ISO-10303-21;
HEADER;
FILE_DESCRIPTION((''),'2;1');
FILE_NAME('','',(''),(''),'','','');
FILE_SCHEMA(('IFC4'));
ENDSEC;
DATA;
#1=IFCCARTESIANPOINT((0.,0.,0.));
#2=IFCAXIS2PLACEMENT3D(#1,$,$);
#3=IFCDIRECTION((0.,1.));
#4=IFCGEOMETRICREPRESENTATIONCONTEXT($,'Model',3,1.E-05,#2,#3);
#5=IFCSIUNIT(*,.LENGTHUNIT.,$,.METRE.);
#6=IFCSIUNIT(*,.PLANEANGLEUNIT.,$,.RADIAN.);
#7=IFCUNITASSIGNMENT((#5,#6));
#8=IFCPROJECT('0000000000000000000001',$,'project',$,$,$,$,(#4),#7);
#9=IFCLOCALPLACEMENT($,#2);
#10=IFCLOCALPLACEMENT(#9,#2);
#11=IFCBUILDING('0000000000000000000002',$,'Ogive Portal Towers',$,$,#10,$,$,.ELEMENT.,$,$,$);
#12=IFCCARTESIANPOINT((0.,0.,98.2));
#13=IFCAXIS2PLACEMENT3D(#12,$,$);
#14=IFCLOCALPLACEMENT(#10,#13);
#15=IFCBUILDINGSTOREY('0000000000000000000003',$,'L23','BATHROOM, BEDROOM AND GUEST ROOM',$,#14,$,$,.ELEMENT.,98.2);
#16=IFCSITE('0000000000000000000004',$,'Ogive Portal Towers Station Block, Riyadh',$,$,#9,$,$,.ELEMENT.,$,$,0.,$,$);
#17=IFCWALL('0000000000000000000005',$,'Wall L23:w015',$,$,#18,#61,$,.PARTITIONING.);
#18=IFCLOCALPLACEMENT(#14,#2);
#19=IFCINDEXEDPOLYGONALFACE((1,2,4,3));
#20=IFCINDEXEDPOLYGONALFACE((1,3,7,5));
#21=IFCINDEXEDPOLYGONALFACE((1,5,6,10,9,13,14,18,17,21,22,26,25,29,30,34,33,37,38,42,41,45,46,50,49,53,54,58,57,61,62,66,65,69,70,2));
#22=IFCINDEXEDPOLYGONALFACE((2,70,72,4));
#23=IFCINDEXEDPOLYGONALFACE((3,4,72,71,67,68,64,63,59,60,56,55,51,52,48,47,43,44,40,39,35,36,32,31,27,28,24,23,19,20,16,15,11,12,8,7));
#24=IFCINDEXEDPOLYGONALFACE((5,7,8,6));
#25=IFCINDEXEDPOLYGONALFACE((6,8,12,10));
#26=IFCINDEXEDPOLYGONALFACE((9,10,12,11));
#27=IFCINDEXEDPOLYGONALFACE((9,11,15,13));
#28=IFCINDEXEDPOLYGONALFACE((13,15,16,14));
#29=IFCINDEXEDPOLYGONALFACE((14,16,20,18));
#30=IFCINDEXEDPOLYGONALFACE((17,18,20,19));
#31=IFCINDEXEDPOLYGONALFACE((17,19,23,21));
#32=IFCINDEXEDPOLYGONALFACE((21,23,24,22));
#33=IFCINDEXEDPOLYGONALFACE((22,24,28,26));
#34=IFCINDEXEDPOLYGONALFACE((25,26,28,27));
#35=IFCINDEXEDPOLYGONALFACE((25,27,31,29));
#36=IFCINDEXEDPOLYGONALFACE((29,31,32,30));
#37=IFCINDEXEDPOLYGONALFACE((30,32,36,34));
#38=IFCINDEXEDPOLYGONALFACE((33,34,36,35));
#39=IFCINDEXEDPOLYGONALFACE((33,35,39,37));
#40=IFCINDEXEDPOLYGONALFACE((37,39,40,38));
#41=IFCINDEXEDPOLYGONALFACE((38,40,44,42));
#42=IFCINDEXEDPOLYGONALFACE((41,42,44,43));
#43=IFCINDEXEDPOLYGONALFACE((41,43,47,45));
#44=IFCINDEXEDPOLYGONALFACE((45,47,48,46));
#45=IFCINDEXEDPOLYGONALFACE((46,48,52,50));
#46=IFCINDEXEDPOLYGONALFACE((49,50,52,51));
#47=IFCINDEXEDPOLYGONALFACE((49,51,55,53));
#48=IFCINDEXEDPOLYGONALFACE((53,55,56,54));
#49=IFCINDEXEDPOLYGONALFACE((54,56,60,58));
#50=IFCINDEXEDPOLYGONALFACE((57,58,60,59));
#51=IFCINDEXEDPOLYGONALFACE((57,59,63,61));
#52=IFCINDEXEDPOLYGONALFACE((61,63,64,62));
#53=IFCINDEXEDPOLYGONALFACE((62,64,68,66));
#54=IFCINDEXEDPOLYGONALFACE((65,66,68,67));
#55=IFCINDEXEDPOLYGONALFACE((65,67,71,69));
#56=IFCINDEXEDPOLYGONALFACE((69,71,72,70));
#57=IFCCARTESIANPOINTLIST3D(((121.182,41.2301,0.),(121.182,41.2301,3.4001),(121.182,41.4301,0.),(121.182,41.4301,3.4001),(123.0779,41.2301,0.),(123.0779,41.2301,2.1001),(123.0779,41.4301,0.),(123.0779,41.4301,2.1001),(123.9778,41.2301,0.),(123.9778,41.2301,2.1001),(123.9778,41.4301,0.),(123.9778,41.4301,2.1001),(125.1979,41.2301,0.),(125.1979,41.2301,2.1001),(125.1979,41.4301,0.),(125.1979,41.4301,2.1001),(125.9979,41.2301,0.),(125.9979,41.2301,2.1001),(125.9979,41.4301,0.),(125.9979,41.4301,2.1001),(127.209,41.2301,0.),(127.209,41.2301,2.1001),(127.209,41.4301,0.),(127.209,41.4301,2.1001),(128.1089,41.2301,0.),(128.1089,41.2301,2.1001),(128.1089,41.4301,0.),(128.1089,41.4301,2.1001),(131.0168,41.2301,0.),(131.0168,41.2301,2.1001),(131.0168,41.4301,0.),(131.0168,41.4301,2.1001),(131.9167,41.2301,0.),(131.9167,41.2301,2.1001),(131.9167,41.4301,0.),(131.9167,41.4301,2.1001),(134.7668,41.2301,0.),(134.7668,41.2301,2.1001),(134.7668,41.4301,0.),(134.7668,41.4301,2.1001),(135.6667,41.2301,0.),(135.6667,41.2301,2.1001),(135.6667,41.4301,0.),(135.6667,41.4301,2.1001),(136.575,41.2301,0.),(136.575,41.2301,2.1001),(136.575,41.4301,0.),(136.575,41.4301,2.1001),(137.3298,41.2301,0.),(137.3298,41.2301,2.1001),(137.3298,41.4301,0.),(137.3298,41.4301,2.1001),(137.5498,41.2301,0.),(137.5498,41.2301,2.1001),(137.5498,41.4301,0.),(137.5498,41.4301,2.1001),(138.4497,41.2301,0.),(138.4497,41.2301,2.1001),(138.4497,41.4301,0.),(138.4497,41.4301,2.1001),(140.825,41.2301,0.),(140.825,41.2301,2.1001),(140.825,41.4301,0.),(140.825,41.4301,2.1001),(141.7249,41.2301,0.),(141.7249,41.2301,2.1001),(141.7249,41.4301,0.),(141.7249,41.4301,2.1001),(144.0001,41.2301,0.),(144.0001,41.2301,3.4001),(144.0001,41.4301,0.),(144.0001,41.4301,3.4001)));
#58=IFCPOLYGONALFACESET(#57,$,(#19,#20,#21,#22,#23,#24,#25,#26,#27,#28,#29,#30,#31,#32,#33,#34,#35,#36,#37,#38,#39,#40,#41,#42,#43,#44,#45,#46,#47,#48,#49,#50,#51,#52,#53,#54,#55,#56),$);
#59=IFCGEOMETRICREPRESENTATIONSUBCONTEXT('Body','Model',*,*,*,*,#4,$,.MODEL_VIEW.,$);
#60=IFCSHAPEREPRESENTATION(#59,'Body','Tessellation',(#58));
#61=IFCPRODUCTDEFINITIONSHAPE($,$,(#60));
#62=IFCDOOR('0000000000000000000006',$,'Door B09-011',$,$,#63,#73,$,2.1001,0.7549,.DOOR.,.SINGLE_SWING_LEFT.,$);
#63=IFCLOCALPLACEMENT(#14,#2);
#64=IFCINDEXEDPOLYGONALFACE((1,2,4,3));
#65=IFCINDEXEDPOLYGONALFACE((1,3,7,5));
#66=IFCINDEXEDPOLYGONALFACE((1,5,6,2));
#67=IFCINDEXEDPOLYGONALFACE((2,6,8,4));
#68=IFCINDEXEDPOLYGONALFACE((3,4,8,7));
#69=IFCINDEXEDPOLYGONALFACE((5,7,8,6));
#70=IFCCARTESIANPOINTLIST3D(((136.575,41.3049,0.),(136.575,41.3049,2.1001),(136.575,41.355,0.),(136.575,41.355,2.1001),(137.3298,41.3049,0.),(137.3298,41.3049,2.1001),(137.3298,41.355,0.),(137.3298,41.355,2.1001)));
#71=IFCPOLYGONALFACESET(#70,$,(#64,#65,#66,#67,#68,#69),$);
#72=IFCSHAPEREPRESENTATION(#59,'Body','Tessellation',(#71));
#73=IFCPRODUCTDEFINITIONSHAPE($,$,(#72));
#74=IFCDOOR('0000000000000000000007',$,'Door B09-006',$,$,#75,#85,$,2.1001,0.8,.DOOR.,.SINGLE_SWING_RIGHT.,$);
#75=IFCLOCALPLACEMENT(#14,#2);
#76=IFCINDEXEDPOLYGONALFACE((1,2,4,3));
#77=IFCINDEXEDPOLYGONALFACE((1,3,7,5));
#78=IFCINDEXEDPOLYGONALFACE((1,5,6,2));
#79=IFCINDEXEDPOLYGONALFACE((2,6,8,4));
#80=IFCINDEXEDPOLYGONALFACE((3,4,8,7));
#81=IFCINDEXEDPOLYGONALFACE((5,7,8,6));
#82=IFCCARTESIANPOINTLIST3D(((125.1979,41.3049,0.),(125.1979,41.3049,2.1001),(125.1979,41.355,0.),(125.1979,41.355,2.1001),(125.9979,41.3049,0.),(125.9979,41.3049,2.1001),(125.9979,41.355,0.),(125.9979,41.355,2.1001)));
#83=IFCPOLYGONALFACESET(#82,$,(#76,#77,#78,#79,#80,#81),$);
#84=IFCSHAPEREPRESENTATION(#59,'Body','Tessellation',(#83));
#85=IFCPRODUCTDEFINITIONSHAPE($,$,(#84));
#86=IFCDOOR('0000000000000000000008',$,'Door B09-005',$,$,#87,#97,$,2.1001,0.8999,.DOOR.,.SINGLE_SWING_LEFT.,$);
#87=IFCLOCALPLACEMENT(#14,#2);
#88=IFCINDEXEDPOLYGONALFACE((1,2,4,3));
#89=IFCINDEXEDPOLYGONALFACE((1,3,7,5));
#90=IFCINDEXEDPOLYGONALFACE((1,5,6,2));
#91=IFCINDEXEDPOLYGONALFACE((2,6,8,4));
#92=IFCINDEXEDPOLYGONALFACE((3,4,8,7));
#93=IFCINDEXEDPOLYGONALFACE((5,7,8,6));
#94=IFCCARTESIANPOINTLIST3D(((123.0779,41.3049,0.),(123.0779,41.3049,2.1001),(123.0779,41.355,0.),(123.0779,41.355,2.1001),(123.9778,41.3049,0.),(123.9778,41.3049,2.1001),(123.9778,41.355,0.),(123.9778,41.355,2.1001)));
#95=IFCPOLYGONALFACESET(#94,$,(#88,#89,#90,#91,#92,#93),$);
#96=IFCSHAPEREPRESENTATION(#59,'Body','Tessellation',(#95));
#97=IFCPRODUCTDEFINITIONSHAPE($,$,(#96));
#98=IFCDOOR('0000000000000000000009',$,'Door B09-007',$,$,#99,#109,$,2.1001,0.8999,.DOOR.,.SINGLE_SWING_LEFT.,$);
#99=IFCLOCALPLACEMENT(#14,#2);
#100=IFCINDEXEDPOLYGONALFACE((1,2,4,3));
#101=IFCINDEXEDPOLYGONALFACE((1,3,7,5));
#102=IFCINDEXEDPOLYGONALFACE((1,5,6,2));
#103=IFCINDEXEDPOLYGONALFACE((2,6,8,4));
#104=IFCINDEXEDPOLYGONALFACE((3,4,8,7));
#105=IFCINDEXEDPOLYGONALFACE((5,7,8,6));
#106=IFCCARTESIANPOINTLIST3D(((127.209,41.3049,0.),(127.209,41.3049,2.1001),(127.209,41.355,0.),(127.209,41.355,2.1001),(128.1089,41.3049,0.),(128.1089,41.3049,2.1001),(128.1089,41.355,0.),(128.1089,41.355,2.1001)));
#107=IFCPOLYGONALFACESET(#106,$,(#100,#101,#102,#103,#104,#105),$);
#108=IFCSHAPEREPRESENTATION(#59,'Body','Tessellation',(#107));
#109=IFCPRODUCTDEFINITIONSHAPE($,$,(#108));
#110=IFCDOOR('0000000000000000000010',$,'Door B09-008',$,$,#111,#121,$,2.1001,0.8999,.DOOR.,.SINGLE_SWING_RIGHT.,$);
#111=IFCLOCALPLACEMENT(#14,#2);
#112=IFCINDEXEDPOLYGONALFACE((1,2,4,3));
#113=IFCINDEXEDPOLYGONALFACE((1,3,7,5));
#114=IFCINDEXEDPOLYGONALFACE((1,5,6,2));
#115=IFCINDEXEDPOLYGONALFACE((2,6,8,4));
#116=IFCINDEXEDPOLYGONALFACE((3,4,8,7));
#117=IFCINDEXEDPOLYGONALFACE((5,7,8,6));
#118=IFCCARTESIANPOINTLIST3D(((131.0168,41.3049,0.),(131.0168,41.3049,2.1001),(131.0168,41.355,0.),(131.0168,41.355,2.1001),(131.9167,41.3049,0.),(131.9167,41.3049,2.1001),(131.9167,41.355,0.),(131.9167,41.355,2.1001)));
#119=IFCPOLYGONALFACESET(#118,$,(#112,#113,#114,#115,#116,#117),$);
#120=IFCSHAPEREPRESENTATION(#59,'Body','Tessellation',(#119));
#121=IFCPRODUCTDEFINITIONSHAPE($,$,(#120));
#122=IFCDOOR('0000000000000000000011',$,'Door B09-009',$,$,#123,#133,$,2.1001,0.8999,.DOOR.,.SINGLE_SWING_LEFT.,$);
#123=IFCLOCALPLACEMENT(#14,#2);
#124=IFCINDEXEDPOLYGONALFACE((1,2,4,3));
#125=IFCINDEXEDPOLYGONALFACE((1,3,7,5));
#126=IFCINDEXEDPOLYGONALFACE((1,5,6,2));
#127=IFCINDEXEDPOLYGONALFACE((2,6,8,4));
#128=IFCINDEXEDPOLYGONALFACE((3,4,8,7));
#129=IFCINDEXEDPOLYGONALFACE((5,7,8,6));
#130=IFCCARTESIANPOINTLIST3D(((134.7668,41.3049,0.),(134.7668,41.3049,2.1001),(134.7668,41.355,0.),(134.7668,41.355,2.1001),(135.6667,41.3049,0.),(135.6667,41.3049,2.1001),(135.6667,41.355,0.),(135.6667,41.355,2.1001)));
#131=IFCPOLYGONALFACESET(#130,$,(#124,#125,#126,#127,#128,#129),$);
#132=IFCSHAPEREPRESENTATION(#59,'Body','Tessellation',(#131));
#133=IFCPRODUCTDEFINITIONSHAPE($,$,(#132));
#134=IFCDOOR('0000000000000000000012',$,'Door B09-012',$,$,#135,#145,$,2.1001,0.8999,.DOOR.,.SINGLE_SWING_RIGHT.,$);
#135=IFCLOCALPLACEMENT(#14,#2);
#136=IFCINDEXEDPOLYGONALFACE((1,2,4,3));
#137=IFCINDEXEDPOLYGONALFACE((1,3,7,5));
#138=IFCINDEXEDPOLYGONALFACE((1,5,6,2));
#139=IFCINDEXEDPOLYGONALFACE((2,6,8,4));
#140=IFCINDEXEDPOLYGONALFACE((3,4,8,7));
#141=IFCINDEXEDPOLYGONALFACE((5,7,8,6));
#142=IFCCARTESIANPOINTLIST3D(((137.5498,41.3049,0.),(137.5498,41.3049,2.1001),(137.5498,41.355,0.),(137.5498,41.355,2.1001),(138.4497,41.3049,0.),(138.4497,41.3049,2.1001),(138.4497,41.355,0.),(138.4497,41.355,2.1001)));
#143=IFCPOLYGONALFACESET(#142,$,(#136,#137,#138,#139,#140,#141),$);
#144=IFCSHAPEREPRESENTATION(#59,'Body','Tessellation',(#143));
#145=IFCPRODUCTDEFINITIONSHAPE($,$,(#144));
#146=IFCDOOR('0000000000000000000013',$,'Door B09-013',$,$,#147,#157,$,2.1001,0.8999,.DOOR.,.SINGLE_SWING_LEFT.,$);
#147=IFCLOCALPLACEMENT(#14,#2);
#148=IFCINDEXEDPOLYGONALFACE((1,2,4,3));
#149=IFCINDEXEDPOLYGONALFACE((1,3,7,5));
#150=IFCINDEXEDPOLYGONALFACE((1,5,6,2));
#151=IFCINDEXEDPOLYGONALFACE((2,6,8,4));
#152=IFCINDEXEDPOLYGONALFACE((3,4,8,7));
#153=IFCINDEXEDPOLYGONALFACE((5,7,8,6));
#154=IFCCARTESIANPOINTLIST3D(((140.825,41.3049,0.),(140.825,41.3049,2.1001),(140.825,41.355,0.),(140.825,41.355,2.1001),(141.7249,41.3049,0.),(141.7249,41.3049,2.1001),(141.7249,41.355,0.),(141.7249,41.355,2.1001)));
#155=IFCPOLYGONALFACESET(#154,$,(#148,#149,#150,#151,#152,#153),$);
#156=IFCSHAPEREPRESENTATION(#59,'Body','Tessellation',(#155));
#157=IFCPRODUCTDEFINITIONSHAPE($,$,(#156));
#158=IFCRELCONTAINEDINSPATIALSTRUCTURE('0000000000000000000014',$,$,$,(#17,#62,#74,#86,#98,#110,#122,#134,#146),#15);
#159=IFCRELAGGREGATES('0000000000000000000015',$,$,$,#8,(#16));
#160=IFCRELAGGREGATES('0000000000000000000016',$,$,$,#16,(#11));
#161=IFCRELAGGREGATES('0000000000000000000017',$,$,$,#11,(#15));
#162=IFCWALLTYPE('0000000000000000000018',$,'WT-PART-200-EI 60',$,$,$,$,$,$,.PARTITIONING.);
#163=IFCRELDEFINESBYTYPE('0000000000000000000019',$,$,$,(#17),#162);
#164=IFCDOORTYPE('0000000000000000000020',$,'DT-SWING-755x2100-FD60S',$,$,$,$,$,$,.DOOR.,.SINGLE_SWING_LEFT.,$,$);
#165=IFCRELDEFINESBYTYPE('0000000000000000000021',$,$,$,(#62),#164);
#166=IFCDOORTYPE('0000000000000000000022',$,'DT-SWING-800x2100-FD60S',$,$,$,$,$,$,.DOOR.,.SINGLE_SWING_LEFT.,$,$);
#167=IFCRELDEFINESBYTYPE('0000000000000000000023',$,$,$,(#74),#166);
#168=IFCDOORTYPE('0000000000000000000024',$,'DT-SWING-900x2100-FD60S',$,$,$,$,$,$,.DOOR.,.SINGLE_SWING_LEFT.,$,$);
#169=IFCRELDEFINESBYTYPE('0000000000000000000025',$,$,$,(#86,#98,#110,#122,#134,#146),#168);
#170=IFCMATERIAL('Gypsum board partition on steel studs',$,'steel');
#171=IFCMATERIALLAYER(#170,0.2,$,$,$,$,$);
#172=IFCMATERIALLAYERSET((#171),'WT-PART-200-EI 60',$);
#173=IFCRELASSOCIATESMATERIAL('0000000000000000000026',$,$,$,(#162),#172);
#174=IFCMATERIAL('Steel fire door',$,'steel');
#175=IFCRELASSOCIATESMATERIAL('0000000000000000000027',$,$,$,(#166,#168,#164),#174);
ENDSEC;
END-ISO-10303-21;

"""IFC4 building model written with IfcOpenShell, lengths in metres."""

from ifc_helpers import new_model, si_unit, direction, frame, frame_2d, origin, place, context, subcontext, project, spatial, rectangle, extrude, material, layer, layer_set, type_object, element, fill, save


model = new_model("IFC4")

# Units and contexts
model_context = context("Model", 3, precision=1e-05, world=origin(), true_north=direction((0.0, 1.0)))
body_context = subcontext(model_context, "Body", "Model", "MODEL_VIEW")
ifc_project = project(units=[si_unit("LENGTHUNIT", "METRE"), si_unit("PLANEANGLEUNIT", "RADIAN")], contexts=[model_context])

# Site, building, storey
site_placement = place(None, origin())
site = spatial("IfcSite", under=ifc_project, at=site_placement, Name="Ogive Portal Towers Station Block, Riyadh", CompositionType="ELEMENT", RefElevation=0.0)
building_placement = place(site_placement, origin())
building = spatial("IfcBuilding", under=site, at=building_placement, Name="Ogive Portal Towers", CompositionType="ELEMENT")
storey_placement = place(building_placement, frame((0.0, 0.0, 98.2)))
storey = spatial("IfcBuildingStorey", under=building, at=storey_placement, Name="L23", Description="BATHROOM, BEDROOM AND GUEST ROOM", CompositionType="ELEMENT", Elevation=98.2)

# Wall, openings, doors
ifc_material_1 = material(Name="Gypsum board partition on steel studs", Category="steel")
ifc_layer_1 = layer(ifc_material_1, 0.2)
ifc_layer_set_1 = layer_set([ifc_layer_1], Name="WT-PART-200-EI 60")
wall_type = type_object("IfcWallType", Name="WT-PART-200-EI 60", PredefinedType="PARTITIONING", material=ifc_layer_set_1)
ifc_material_2 = material(Name="Steel fire door", Category="steel")
door_type_1 = type_object("IfcDoorType", Name="DT-SWING-800x2100-FD60S", OperationType="SINGLE_SWING_LEFT", PredefinedType="DOOR", material=ifc_material_2)
door_type_2 = type_object("IfcDoorType", Name="DT-SWING-900x2100-FD60S", OperationType="SINGLE_SWING_LEFT", PredefinedType="DOOR", material=ifc_material_2)
wall_1_placement = place(storey_placement, frame((121.1819, 41.3301, 0.0), z_axis=(0.0, 0.0, 1.0), x_axis=(1.0, 0.0, 0.0)))
wall_1 = element("IfcWall", 1, at=wall_1_placement, inside=storey, type_object=wall_type, Name="Wall L23:w015", PredefinedType="PARTITIONING", context=body_context, shape_type="SweptSolid", body=[
    extrude(rectangle(XDim=22.8181, YDim=0.2, at=frame_2d((11.4092, 0.0))), origin(), (0.0, 0.0, 1.0), 3.4001),
])
opening_1_placement = place(wall_1_placement, frame((1.896, 0.0, 0.0)))
opening_1 = element("IfcOpeningElement", 2, at=opening_1_placement, cuts=wall_1, PredefinedType="OPENING", context=body_context, shape_type="SweptSolid", body=[
    extrude(rectangle(XDim=0.8999, YDim=2.1001, at=frame_2d((0.45, 1.05))), frame((0.0, 0.1099, 0.0), z_axis=(0.0, -1.0, 0.0), x_axis=(1.0, 0.0, 0.0)), (0.0, 0.0, 1.0), 0.22),
])
opening_2_placement = place(wall_1_placement, frame((4.0161, 0.0, 0.0)))
opening_2 = element("IfcOpeningElement", 3, at=opening_2_placement, cuts=wall_1, PredefinedType="OPENING", context=body_context, shape_type="SweptSolid", body=[
    extrude(rectangle(XDim=0.8, YDim=2.1001, at=frame_2d((0.3999, 1.05))), frame((0.0, 0.1099, 0.0), z_axis=(0.0, -1.0, 0.0), x_axis=(1.0, 0.0, 0.0)), (0.0, 0.0, 1.0), 0.22),
])
opening_3_placement = place(wall_1_placement, frame((6.0271, 0.0, 0.0)))
opening_3 = element("IfcOpeningElement", 4, at=opening_3_placement, cuts=wall_1, PredefinedType="OPENING", context=body_context, shape_type="SweptSolid", body=[
    extrude(rectangle(XDim=0.8999, YDim=2.1001, at=frame_2d((0.45, 1.05))), frame((0.0, 0.1099, 0.0), z_axis=(0.0, -1.0, 0.0), x_axis=(1.0, 0.0, 0.0)), (0.0, 0.0, 1.0), 0.22),
])
opening_4_placement = place(wall_1_placement, frame((9.835, 0.0, 0.0)))
opening_4 = element("IfcOpeningElement", 5, at=opening_4_placement, cuts=wall_1, PredefinedType="OPENING", context=body_context, shape_type="SweptSolid", body=[
    extrude(rectangle(XDim=0.8999, YDim=2.1001, at=frame_2d((0.45, 1.05))), frame((0.0, 0.1099, 0.0), z_axis=(0.0, -1.0, 0.0), x_axis=(1.0, 0.0, 0.0)), (0.0, 0.0, 1.0), 0.22),
])
opening_5_placement = place(wall_1_placement, frame((13.585, 0.0, 0.0)))
opening_5 = element("IfcOpeningElement", 6, at=opening_5_placement, cuts=wall_1, PredefinedType="OPENING", context=body_context, shape_type="SweptSolid", body=[
    extrude(rectangle(XDim=0.8999, YDim=2.1001, at=frame_2d((0.45, 1.05))), frame((0.0, 0.1099, 0.0), z_axis=(0.0, -1.0, 0.0), x_axis=(1.0, 0.0, 0.0)), (0.0, 0.0, 1.0), 0.22),
])
opening_6_placement = place(wall_1_placement, frame((15.3931, 0.0, 0.0)))
opening_6 = element("IfcOpeningElement", 7, at=opening_6_placement, cuts=wall_1, PredefinedType="OPENING", context=body_context, shape_type="SweptSolid", body=[
    extrude(rectangle(XDim=0.7549, YDim=2.1001, at=frame_2d((0.3774, 1.05))), frame((0.0, 0.1099, 0.0), z_axis=(0.0, -1.0, 0.0), x_axis=(1.0, 0.0, 0.0)), (0.0, 0.0, 1.0), 0.22),
])
opening_7_placement = place(wall_1_placement, frame((16.3679, 0.0, 0.0)))
opening_7 = element("IfcOpeningElement", 8, at=opening_7_placement, cuts=wall_1, PredefinedType="OPENING", context=body_context, shape_type="SweptSolid", body=[
    extrude(rectangle(XDim=0.8999, YDim=2.1001, at=frame_2d((0.45, 1.05))), frame((0.0, 0.1099, 0.0), z_axis=(0.0, -1.0, 0.0), x_axis=(1.0, 0.0, 0.0)), (0.0, 0.0, 1.0), 0.22),
])
opening_8_placement = place(wall_1_placement, frame((19.6431, 0.0, 0.0)))
opening_8 = element("IfcOpeningElement", 9, at=opening_8_placement, cuts=wall_1, PredefinedType="OPENING", context=body_context, shape_type="SweptSolid", body=[
    extrude(rectangle(XDim=0.8999, YDim=2.1001, at=frame_2d((0.45, 1.05))), frame((0.0, 0.1099, 0.0), z_axis=(0.0, -1.0, 0.0), x_axis=(1.0, 0.0, 0.0)), (0.0, 0.0, 1.0), 0.22),
])
door_type_3 = type_object("IfcDoorType", Name="DT-SWING-755x2100-FD60S", OperationType="SINGLE_SWING_LEFT", PredefinedType="DOOR", material=ifc_material_2)
door_1_placement = place(opening_6_placement, origin())
door_1 = element("IfcDoor", 10, at=door_1_placement, inside=storey, type_object=door_type_3, Name="Door B09-011", OperationType="SINGLE_SWING_LEFT", OverallHeight=2.1001, OverallWidth=0.7549, PredefinedType="DOOR", context=body_context, shape_type="SweptSolid", body=[
    extrude(rectangle(XDim=0.7549, YDim=2.1001, at=frame_2d((0.3774, 1.05))), frame((0.0, 0.0249, 0.0), z_axis=(0.0, -1.0, 0.0), x_axis=(1.0, 0.0, 0.0)), (0.0, 0.0, 1.0), 0.05),
])
fill(opening_6, door_1)
door_2_placement = place(opening_2_placement, origin())
door_2 = element("IfcDoor", 11, at=door_2_placement, inside=storey, type_object=door_type_1, Name="Door B09-006", OperationType="SINGLE_SWING_RIGHT", OverallHeight=2.1001, OverallWidth=0.8, PredefinedType="DOOR", context=body_context, shape_type="SweptSolid", body=[
    extrude(rectangle(XDim=0.8, YDim=2.1001, at=frame_2d((0.3999, 1.05))), frame((0.0, 0.0249, 0.0), z_axis=(0.0, -1.0, 0.0), x_axis=(1.0, 0.0, 0.0)), (0.0, 0.0, 1.0), 0.05),
])
fill(opening_2, door_2)
door_3_placement = place(opening_1_placement, origin())
door_3 = element("IfcDoor", 12, at=door_3_placement, inside=storey, type_object=door_type_2, Name="Door B09-005", OperationType="SINGLE_SWING_LEFT", OverallHeight=2.1001, OverallWidth=0.8999, PredefinedType="DOOR", context=body_context, shape_type="SweptSolid", body=[
    extrude(rectangle(XDim=0.8999, YDim=2.1001, at=frame_2d((0.45, 1.05))), frame((0.0, 0.0249, 0.0), z_axis=(0.0, -1.0, 0.0), x_axis=(1.0, 0.0, 0.0)), (0.0, 0.0, 1.0), 0.05),
])
fill(opening_1, door_3)
door_4_placement = place(opening_3_placement, origin())
door_4 = element("IfcDoor", 13, at=door_4_placement, inside=storey, type_object=door_type_2, Name="Door B09-007", OperationType="SINGLE_SWING_LEFT", OverallHeight=2.1001, OverallWidth=0.8999, PredefinedType="DOOR", context=body_context, shape_type="SweptSolid", body=[
    extrude(rectangle(XDim=0.8999, YDim=2.1001, at=frame_2d((0.45, 1.05))), frame((0.0, 0.0249, 0.0), z_axis=(0.0, -1.0, 0.0), x_axis=(1.0, 0.0, 0.0)), (0.0, 0.0, 1.0), 0.05),
])
fill(opening_3, door_4)
door_5_placement = place(opening_4_placement, origin())
door_5 = element("IfcDoor", 14, at=door_5_placement, inside=storey, type_object=door_type_2, Name="Door B09-008", OperationType="SINGLE_SWING_RIGHT", OverallHeight=2.1001, OverallWidth=0.8999, PredefinedType="DOOR", context=body_context, shape_type="SweptSolid", body=[
    extrude(rectangle(XDim=0.8999, YDim=2.1001, at=frame_2d((0.45, 1.05))), frame((0.0, 0.0249, 0.0), z_axis=(0.0, -1.0, 0.0), x_axis=(1.0, 0.0, 0.0)), (0.0, 0.0, 1.0), 0.05),
])
fill(opening_4, door_5)
door_6_placement = place(opening_5_placement, origin())
door_6 = element("IfcDoor", 15, at=door_6_placement, inside=storey, type_object=door_type_2, Name="Door B09-009", OperationType="SINGLE_SWING_LEFT", OverallHeight=2.1001, OverallWidth=0.8999, PredefinedType="DOOR", context=body_context, shape_type="SweptSolid", body=[
    extrude(rectangle(XDim=0.8999, YDim=2.1001, at=frame_2d((0.45, 1.05))), frame((0.0, 0.0249, 0.0), z_axis=(0.0, -1.0, 0.0), x_axis=(1.0, 0.0, 0.0)), (0.0, 0.0, 1.0), 0.05),
])
fill(opening_5, door_6)
door_7_placement = place(opening_7_placement, origin())
door_7 = element("IfcDoor", 16, at=door_7_placement, inside=storey, type_object=door_type_2, Name="Door B09-012", OperationType="SINGLE_SWING_RIGHT", OverallHeight=2.1001, OverallWidth=0.8999, PredefinedType="DOOR", context=body_context, shape_type="SweptSolid", body=[
    extrude(rectangle(XDim=0.8999, YDim=2.1001, at=frame_2d((0.45, 1.05))), frame((0.0, 0.0249, 0.0), z_axis=(0.0, -1.0, 0.0), x_axis=(1.0, 0.0, 0.0)), (0.0, 0.0, 1.0), 0.05),
])
fill(opening_7, door_7)
door_8_placement = place(opening_8_placement, origin())
door_8 = element("IfcDoor", 17, at=door_8_placement, inside=storey, type_object=door_type_2, Name="Door B09-013", OperationType="SINGLE_SWING_LEFT", OverallHeight=2.1001, OverallWidth=0.8999, PredefinedType="DOOR", context=body_context, shape_type="SweptSolid", body=[
    extrude(rectangle(XDim=0.8999, YDim=2.1001, at=frame_2d((0.45, 1.05))), frame((0.0, 0.0249, 0.0), z_axis=(0.0, -1.0, 0.0), x_axis=(1.0, 0.0, 0.0)), (0.0, 0.0, 1.0), 0.05),
])
fill(opening_8, door_8)

save(model, "model.ifc")
